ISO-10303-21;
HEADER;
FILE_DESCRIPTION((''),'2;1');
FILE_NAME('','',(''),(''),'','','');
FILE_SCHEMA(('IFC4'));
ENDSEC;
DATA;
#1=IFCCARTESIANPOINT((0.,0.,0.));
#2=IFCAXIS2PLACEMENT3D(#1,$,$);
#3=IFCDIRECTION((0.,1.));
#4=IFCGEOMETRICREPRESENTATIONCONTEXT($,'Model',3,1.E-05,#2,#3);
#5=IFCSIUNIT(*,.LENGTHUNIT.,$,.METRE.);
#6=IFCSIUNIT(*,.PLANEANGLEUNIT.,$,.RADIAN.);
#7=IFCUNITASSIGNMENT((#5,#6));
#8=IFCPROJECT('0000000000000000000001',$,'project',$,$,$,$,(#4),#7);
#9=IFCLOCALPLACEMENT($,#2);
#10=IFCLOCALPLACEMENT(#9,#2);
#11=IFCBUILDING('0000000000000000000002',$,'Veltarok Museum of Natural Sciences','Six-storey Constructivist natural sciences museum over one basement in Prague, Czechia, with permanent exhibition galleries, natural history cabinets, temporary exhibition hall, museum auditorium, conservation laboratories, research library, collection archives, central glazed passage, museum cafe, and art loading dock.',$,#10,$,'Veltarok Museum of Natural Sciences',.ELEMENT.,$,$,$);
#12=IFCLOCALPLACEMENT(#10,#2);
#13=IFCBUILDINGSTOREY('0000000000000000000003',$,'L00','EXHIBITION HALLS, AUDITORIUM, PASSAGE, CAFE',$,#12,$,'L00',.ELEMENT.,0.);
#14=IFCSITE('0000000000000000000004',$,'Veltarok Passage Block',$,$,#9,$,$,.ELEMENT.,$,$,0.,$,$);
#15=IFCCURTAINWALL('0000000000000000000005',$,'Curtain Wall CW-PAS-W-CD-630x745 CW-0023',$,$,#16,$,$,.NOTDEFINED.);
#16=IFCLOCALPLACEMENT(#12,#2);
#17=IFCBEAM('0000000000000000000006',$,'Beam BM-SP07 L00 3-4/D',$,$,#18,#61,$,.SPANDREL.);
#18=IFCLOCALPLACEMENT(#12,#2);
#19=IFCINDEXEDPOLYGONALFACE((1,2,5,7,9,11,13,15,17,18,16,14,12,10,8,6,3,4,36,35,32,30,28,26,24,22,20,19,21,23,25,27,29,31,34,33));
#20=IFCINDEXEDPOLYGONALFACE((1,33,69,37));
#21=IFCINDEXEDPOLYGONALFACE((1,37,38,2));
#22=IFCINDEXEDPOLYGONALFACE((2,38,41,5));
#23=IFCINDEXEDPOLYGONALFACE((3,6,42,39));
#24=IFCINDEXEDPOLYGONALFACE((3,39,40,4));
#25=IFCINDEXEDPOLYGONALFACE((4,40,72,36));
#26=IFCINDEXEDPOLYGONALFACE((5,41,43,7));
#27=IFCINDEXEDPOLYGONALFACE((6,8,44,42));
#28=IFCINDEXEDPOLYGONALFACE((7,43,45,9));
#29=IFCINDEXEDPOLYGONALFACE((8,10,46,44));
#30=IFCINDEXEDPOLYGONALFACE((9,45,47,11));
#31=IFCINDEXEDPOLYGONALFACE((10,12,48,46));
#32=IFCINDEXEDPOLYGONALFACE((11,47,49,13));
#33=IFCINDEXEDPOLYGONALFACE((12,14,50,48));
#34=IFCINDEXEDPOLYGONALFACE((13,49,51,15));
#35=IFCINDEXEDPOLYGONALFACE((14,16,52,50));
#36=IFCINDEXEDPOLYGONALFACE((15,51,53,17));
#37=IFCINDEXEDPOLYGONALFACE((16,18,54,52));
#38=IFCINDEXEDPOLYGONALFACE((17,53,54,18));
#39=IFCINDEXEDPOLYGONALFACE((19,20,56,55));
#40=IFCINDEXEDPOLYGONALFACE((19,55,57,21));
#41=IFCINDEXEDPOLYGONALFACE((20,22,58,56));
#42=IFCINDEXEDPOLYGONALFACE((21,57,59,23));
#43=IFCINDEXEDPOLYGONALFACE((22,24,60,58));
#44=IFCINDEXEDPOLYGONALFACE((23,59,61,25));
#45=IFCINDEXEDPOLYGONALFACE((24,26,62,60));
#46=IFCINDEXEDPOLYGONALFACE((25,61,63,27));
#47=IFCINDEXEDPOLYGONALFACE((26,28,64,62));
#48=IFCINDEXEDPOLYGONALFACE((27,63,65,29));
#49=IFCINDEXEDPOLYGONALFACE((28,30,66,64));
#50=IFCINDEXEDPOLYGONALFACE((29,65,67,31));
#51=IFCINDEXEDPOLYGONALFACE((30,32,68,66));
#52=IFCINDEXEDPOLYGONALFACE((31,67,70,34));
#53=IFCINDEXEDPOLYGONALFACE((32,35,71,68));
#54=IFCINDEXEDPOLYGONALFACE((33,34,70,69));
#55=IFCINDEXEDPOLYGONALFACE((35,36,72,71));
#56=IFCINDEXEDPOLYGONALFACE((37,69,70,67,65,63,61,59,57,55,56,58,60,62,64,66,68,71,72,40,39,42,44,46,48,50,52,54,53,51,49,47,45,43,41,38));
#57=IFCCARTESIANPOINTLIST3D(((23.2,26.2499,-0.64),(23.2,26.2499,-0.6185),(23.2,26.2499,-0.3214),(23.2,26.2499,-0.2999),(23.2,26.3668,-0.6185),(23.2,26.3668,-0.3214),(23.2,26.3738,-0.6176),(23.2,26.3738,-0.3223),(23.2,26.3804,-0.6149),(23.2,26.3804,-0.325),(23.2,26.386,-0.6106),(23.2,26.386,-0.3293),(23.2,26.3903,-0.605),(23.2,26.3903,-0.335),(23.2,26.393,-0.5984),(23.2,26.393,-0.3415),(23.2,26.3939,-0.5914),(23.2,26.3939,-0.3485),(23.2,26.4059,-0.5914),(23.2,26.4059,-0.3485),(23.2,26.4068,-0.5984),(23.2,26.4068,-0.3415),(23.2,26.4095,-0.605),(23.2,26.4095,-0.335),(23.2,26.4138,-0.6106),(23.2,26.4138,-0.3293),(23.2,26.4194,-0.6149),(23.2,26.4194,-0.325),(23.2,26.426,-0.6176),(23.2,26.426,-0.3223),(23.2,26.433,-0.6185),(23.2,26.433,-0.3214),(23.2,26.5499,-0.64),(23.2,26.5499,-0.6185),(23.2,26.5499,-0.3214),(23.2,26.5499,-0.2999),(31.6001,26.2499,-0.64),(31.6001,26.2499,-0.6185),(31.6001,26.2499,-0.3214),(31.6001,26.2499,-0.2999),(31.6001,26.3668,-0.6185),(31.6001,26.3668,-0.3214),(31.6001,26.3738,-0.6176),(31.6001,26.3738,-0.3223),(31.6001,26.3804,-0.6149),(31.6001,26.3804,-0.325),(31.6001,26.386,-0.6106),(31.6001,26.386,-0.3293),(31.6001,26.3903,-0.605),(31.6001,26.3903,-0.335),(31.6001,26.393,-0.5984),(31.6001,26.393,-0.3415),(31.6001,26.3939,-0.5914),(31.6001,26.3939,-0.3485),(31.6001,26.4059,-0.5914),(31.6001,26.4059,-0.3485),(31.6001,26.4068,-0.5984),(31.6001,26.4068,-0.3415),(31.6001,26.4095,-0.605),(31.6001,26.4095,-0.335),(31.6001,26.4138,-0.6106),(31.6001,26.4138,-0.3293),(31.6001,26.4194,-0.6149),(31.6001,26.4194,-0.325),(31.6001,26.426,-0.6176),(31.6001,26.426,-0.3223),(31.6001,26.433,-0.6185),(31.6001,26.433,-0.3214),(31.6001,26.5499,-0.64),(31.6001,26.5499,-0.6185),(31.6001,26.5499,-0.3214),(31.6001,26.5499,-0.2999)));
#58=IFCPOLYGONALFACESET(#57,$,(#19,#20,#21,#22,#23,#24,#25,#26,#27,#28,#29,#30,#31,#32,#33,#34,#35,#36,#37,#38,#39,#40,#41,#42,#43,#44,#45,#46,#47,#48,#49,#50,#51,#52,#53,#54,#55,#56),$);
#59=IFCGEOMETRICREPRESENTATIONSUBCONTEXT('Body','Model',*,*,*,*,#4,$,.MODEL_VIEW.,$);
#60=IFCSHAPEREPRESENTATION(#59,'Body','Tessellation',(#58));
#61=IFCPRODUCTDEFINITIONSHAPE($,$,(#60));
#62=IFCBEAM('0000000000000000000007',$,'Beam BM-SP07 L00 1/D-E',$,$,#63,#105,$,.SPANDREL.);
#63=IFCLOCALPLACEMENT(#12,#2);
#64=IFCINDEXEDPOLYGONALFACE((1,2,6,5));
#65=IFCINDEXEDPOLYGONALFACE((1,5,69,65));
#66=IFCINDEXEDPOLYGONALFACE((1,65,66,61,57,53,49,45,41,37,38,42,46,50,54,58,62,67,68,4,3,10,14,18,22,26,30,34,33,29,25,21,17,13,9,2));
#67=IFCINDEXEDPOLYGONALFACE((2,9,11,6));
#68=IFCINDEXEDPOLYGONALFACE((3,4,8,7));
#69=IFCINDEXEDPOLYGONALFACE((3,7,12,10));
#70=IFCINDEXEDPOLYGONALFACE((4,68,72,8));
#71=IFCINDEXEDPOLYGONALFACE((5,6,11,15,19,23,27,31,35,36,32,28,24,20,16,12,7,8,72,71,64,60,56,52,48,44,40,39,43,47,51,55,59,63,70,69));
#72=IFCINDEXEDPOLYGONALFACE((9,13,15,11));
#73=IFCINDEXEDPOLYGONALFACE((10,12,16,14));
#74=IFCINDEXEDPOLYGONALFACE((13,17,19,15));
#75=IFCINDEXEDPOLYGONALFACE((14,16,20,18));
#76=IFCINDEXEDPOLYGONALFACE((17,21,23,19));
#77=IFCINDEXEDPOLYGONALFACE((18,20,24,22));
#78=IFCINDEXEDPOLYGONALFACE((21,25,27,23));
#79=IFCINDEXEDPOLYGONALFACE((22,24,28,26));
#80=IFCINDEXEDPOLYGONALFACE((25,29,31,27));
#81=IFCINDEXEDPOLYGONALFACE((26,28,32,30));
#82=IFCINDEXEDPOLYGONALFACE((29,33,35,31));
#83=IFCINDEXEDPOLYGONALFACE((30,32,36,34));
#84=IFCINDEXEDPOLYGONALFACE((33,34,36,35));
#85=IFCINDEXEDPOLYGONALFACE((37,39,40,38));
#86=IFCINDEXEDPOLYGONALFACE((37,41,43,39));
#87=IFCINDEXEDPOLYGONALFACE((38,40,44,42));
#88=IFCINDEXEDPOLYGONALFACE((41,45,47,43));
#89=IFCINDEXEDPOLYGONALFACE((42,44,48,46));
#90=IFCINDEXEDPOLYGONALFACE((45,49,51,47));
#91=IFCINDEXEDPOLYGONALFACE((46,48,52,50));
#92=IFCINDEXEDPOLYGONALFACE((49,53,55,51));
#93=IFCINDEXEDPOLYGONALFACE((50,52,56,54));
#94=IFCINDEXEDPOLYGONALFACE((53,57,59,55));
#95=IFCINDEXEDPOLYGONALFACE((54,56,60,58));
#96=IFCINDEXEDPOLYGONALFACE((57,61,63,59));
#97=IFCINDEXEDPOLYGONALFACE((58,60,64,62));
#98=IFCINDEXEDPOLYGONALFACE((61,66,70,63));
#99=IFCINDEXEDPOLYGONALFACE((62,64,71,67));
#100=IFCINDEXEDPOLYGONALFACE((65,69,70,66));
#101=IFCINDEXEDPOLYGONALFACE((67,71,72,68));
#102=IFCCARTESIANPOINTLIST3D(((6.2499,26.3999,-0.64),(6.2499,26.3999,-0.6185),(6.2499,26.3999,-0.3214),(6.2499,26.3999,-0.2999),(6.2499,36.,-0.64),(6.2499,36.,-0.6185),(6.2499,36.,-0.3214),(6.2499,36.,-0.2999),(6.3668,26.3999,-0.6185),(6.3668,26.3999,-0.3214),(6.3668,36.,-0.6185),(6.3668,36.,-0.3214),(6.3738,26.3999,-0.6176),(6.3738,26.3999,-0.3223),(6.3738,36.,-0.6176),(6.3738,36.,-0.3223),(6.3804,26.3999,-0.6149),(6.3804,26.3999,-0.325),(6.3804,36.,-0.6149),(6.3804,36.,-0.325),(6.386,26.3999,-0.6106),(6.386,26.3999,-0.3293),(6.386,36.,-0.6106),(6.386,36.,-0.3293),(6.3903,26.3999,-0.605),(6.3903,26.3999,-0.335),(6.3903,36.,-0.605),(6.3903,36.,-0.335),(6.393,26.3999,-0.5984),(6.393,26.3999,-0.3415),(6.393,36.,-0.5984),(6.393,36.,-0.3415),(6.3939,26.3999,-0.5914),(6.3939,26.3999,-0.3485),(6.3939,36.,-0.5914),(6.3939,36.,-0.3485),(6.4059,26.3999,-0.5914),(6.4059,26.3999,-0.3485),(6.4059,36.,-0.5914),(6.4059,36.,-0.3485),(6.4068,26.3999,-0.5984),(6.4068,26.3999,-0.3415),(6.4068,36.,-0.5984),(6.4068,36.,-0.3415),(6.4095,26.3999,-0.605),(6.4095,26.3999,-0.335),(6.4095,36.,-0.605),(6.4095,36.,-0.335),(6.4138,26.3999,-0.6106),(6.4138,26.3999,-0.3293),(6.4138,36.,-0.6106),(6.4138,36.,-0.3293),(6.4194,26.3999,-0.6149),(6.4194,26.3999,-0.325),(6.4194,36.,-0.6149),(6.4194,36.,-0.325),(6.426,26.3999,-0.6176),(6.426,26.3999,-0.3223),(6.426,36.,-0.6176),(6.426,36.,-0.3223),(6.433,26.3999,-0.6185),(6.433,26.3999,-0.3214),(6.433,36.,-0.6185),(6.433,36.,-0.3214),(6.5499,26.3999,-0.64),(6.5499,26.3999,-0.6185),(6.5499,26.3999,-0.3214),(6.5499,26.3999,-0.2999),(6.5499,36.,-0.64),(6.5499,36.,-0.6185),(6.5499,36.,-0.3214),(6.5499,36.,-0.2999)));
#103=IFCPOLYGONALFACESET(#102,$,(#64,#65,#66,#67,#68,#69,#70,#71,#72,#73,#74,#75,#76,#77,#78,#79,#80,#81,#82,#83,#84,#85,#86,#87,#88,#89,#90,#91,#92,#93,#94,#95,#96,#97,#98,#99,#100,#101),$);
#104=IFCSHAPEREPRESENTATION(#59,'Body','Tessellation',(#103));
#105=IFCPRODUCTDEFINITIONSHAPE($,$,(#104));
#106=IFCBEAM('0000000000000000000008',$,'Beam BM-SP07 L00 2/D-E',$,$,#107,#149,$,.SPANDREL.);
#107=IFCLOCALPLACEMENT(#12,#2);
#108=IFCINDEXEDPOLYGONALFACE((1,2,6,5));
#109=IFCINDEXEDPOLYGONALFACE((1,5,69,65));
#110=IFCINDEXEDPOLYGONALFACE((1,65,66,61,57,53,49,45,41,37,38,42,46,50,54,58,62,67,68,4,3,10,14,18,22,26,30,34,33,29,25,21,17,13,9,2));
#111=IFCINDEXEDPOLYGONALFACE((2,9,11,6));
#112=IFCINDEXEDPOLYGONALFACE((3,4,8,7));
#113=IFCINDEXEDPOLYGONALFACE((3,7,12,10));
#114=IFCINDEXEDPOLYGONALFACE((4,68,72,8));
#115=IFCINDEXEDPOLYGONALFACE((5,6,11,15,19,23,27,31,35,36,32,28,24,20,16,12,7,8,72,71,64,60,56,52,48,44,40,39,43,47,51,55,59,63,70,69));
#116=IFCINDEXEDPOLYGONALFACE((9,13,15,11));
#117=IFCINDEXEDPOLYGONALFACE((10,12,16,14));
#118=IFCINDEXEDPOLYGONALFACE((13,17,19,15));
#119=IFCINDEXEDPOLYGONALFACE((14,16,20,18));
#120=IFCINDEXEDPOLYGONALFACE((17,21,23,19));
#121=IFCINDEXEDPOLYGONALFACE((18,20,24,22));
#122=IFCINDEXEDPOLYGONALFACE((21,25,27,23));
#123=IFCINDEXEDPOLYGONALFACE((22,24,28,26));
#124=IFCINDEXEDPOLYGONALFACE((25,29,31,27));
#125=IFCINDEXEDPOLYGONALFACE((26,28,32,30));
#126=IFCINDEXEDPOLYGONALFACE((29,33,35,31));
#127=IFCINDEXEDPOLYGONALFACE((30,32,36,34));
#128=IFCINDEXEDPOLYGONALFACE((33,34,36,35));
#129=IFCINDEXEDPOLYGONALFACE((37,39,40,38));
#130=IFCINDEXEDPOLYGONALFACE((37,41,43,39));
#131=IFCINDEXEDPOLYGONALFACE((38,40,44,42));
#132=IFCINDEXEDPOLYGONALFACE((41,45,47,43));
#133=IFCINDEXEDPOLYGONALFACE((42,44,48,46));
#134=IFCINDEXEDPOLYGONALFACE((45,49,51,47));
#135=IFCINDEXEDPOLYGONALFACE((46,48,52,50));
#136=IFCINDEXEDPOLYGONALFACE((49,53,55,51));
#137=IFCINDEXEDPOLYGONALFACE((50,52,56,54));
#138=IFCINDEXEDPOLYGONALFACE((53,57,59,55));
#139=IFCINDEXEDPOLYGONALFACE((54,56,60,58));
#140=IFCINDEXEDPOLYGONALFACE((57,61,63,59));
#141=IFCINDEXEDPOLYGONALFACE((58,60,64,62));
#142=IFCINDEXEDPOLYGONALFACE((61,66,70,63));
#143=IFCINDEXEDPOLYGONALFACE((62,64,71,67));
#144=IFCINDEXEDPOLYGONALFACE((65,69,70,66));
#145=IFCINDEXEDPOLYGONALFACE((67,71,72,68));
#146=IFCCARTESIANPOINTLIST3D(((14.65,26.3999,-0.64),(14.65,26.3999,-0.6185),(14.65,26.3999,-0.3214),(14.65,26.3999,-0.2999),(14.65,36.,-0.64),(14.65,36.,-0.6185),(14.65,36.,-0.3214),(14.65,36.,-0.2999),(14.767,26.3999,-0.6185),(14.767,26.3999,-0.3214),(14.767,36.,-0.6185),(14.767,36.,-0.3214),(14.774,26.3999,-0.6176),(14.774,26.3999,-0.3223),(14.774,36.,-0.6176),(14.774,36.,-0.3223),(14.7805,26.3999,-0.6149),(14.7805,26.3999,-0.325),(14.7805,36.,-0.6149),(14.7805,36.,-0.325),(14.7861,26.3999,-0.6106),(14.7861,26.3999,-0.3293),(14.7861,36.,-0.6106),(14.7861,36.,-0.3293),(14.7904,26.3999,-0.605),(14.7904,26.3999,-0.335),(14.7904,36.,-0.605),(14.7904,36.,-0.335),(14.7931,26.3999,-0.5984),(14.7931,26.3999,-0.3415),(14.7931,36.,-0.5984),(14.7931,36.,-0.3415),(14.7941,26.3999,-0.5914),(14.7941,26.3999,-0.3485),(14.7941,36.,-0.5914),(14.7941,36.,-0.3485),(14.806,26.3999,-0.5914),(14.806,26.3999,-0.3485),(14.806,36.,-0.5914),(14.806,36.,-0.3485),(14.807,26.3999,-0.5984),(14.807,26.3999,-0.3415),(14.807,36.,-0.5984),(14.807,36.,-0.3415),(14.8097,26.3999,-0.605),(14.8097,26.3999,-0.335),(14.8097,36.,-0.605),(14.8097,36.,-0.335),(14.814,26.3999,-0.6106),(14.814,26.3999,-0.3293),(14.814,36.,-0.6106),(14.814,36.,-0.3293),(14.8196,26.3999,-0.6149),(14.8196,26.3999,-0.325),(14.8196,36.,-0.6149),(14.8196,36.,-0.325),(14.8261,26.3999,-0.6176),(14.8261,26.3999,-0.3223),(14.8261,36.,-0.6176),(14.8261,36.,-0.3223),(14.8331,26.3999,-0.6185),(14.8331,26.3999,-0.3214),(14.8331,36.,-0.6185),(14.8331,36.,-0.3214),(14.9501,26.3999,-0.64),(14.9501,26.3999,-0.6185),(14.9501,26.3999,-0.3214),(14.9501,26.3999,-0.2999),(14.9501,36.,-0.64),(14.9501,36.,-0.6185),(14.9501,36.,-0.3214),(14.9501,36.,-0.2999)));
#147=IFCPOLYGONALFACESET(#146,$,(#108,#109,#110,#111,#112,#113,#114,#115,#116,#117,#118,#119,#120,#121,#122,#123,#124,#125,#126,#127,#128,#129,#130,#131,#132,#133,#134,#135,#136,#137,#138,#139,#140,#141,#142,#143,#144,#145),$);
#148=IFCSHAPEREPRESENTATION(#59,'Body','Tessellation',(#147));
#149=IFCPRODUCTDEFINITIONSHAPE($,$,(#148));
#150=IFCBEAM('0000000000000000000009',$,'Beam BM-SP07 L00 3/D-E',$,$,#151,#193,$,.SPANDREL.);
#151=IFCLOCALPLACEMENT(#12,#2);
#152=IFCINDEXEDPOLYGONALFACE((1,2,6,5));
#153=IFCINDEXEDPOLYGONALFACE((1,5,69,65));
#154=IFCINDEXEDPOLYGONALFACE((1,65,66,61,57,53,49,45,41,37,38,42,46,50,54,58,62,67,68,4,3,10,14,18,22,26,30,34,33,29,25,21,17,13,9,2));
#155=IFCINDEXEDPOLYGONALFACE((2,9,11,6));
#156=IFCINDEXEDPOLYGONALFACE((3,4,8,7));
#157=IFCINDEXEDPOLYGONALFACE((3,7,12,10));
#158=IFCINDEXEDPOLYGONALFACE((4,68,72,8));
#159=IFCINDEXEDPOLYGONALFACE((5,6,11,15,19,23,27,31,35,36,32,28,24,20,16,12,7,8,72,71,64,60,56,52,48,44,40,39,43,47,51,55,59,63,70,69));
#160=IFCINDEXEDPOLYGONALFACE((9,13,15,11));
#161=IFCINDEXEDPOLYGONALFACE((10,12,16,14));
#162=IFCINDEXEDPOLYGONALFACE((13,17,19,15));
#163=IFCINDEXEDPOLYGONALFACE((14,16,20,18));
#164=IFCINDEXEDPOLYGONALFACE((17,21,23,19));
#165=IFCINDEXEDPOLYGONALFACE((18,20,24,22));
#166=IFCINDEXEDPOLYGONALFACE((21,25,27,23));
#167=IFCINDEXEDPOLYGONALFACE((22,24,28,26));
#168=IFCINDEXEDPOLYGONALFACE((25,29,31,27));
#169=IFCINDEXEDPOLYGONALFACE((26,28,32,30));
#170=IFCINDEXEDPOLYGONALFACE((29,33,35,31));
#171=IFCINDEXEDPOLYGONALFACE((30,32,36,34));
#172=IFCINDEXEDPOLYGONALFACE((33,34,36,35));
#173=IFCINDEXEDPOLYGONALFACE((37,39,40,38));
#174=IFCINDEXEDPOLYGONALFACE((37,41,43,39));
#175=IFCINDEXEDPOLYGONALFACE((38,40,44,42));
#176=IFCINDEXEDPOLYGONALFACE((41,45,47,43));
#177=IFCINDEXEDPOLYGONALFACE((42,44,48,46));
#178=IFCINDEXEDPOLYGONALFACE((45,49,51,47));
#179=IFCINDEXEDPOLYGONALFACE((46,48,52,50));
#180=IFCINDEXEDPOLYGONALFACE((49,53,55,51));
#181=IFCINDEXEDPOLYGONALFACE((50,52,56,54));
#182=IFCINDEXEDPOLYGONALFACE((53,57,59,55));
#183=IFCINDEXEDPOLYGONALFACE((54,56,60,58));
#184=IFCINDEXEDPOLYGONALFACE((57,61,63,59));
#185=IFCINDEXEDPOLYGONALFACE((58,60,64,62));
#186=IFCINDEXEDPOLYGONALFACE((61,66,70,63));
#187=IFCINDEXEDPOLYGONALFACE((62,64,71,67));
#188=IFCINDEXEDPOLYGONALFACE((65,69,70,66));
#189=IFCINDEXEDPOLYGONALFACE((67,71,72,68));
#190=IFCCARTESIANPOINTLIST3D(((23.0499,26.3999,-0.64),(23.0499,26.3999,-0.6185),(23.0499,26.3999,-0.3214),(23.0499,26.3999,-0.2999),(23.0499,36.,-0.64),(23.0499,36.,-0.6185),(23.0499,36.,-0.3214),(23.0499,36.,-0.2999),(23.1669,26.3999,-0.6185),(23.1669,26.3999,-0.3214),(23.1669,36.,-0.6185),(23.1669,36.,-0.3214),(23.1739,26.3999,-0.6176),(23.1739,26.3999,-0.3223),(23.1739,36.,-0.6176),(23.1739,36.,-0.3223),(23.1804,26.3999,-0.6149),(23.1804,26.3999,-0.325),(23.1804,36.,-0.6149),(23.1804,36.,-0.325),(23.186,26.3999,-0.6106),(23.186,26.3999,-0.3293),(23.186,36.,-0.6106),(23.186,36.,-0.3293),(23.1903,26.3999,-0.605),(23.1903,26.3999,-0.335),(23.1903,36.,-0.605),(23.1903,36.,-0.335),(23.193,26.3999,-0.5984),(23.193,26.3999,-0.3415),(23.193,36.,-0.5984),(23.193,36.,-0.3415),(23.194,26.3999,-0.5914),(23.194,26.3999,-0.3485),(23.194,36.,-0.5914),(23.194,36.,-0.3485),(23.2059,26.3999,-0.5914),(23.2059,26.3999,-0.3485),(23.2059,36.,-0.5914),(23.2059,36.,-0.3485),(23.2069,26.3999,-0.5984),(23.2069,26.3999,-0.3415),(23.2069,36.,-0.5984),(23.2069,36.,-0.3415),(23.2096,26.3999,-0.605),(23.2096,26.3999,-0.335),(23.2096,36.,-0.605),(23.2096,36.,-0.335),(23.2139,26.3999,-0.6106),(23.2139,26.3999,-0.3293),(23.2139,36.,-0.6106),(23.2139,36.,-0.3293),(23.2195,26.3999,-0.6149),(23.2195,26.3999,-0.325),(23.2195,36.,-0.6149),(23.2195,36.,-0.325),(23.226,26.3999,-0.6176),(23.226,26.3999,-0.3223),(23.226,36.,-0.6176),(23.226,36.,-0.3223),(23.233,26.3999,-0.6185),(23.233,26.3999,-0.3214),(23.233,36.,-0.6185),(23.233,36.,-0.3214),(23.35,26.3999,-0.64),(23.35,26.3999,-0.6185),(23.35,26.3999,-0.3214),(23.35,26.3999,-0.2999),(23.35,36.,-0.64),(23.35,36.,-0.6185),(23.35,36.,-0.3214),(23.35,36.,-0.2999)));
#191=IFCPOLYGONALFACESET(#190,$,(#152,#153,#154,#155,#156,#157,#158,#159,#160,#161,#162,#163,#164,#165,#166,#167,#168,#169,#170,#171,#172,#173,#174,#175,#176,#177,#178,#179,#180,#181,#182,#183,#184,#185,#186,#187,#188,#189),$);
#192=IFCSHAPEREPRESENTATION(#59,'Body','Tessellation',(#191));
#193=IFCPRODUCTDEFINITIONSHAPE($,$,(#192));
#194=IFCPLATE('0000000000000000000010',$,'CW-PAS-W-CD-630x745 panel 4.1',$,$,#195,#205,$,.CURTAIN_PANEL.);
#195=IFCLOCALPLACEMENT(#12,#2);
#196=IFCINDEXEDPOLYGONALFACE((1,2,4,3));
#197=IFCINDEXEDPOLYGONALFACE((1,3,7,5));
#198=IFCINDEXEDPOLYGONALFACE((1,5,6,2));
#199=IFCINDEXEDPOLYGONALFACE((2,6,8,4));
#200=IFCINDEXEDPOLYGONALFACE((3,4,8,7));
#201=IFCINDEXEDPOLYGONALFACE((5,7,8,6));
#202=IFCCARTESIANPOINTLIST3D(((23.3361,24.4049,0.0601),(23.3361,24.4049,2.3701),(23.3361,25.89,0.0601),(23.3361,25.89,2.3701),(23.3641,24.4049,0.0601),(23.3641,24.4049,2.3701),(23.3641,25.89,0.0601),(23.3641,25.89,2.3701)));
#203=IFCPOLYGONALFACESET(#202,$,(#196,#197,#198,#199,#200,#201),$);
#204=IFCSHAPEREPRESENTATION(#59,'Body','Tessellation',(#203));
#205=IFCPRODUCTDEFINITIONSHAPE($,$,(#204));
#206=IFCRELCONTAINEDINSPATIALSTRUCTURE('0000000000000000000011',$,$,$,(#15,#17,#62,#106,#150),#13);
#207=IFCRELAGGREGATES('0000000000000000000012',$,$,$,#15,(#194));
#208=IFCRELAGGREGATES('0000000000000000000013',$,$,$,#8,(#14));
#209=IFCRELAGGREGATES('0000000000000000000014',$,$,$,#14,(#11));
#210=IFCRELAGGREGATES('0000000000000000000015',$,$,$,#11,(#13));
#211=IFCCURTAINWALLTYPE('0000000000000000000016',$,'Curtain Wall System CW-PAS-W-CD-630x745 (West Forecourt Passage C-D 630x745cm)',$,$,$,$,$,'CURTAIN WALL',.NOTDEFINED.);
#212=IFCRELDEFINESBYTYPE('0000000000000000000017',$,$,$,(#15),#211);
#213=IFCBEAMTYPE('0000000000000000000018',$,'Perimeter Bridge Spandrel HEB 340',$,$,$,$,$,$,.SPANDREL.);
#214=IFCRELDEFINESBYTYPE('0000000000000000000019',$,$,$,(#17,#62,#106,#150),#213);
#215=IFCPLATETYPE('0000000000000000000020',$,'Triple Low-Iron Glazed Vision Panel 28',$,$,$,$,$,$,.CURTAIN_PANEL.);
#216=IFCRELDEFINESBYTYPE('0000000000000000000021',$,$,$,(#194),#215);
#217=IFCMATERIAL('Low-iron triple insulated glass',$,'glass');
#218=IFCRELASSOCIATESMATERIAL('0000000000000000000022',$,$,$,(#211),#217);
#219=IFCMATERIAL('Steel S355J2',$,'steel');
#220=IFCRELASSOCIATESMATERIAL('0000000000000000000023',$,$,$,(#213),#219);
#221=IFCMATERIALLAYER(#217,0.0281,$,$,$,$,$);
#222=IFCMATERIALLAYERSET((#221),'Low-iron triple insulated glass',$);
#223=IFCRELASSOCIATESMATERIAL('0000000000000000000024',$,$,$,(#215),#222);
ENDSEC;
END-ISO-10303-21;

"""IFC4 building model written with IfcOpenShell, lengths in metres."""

from ifc_helpers import new_model, si_unit, direction, frame, origin, origin_2d, place, context, subcontext, project, spatial, rectangle, i_section, extrude, material, layer, layer_set, material_profile, profile_set, type_object, element, aggregate, save


model = new_model("IFC4")

# Units and contexts
model_context = context("Model", 3, precision=1e-05, world=origin(), true_north=direction((0.0, 1.0)))
body_context = subcontext(model_context, "Body", "Model", "MODEL_VIEW")
ifc_project = project(units=[si_unit("LENGTHUNIT", "METRE"), si_unit("PLANEANGLEUNIT", "RADIAN")], contexts=[model_context])

# Site, building, storey
site_placement = place(None, origin())
site = spatial("IfcSite", under=ifc_project, at=site_placement, Name="Veltarok Passage Block", CompositionType="ELEMENT", RefElevation=0.0)
building_placement = place(site_placement, origin())
building = spatial("IfcBuilding", under=site, at=building_placement, Name="Veltarok Museum of Natural Sciences", Description="Six-storey Constructivist natural sciences museum over one basement in Prague, Czechia, with permanent exhibition galleries, natural history cabinets, temporary exhibition hall, museum auditorium, conservation laboratories, research library, collection archives, central glazed passage, museum cafe, and art loading dock.", LongName="Veltarok Museum of Natural Sciences", CompositionType="ELEMENT")
storey_placement = place(building_placement, origin())
storey = spatial("IfcBuildingStorey", under=building, at=storey_placement, Name="L00", Description="EXHIBITION HALLS, AUDITORIUM, PASSAGE, CAFE", LongName="L00", CompositionType="ELEMENT", Elevation=0.0)

# Shared definitions
ifc_material_1 = material(Name="Steel S355J2", Category="steel")

# Curtain wall
ifc_material_2 = material(Name="Low-iron triple insulated glass", Category="glass")
curtain_wall_type = type_object("IfcCurtainWallType", Name="Curtain Wall System CW-PAS-W-CD-630x745 (West Forecourt Passage C-D 630x745cm)", ElementType="CURTAIN WALL", PredefinedType="NOTDEFINED", material=ifc_material_2)
curtain_wall_placement = place(storey_placement, origin())
curtain_wall = element("IfcCurtainWall", 1, at=curtain_wall_placement, inside=storey, type_object=curtain_wall_type, Name="Curtain Wall CW-PAS-W-CD-630x745 CW-0023", PredefinedType="NOTDEFINED")

# Beams
ifc_material_profile_1 = material_profile(ifc_material_1, i_section(OverallWidth=0.3, OverallDepth=0.3401, WebThickness=0.012, FlangeThickness=0.0215, FilletRadius=0.0271, at=origin_2d()), Name="HEB 340")
ifc_profile_set_1 = profile_set([ifc_material_profile_1], Name="Steel S355J2")
beam_type_1 = type_object("IfcBeamType", Name="Perimeter Bridge Spandrel HEB 340", PredefinedType="SPANDREL", material=ifc_profile_set_1)
beam_1_placement = place(storey_placement, frame((23.2, 26.3999, -0.47), z_axis=(1.0, 0.0, 0.0), x_axis=(0.0, 1.0, 0.0)))
element("IfcBeam", 2, at=beam_1_placement, inside=storey, type_object=beam_type_1, Name="Beam BM-SP07 L00 3-4/D", PredefinedType="SPANDREL", context=body_context, shape_type="SweptSolid", body=[
    extrude(i_section(OverallWidth=0.3, OverallDepth=0.3401, WebThickness=0.012, FlangeThickness=0.0215, FilletRadius=0.0271, at=origin_2d()), origin(), (0.0, 0.0, 1.0), 8.4001),
])
for number, where, z_axis, x_axis, name in (
    (3, (6.3999, 26.3999, -0.47), (0.0, 1.0, 0.0), (-1.0, 0.0, 0.0), "Beam BM-SP07 L00 1/D-E"),
    (4, (14.8, 26.3999, -0.47), (0.0, 1.0, 0.0), (-1.0, 0.0, 0.0), "Beam BM-SP07 L00 2/D-E"),
    (5, (23.2, 26.3999, -0.47), (0.0, 1.0, 0.0), (-1.0, 0.0, 0.0), "Beam BM-SP07 L00 3/D-E"),
):
    element("IfcBeam", number, at=place(storey_placement, frame(where, z_axis=z_axis, x_axis=x_axis)), inside=storey, type_object=beam_type_1, Name=name, PredefinedType="SPANDREL", context=body_context, shape_type="SweptSolid", body=[
        extrude(i_section(OverallWidth=0.3, OverallDepth=0.3401, WebThickness=0.012, FlangeThickness=0.0215, FilletRadius=0.0271, at=origin_2d()), origin(), (0.0, 0.0, 1.0), 9.6001),
    ])

# Plate
ifc_layer_1 = layer(ifc_material_2, 0.0281)
ifc_layer_set_1 = layer_set([ifc_layer_1], Name="Low-iron triple insulated glass")
plate_type = type_object("IfcPlateType", Name="Triple Low-Iron Glazed Vision Panel 28", PredefinedType="CURTAIN_PANEL", material=ifc_layer_set_1)
plate_1_placement = place(storey_placement, frame((23.3501, 25.1475, 0.0601), z_axis=(0.0, 0.0, 1.0), x_axis=(0.0, 1.0, 0.0)))
plate_1 = element("IfcPlate", 6, at=plate_1_placement, type_object=plate_type, Name="CW-PAS-W-CD-630x745 panel 4.1", PredefinedType="CURTAIN_PANEL", context=body_context, shape_type="SweptSolid", body=[
    extrude(rectangle(XDim=1.4851, YDim=0.0281, at=origin_2d()), origin(), (0.0, 0.0, 1.0), 2.3101),
])
aggregate(curtain_wall, [plate_1])

save(model, "model.ifc")
